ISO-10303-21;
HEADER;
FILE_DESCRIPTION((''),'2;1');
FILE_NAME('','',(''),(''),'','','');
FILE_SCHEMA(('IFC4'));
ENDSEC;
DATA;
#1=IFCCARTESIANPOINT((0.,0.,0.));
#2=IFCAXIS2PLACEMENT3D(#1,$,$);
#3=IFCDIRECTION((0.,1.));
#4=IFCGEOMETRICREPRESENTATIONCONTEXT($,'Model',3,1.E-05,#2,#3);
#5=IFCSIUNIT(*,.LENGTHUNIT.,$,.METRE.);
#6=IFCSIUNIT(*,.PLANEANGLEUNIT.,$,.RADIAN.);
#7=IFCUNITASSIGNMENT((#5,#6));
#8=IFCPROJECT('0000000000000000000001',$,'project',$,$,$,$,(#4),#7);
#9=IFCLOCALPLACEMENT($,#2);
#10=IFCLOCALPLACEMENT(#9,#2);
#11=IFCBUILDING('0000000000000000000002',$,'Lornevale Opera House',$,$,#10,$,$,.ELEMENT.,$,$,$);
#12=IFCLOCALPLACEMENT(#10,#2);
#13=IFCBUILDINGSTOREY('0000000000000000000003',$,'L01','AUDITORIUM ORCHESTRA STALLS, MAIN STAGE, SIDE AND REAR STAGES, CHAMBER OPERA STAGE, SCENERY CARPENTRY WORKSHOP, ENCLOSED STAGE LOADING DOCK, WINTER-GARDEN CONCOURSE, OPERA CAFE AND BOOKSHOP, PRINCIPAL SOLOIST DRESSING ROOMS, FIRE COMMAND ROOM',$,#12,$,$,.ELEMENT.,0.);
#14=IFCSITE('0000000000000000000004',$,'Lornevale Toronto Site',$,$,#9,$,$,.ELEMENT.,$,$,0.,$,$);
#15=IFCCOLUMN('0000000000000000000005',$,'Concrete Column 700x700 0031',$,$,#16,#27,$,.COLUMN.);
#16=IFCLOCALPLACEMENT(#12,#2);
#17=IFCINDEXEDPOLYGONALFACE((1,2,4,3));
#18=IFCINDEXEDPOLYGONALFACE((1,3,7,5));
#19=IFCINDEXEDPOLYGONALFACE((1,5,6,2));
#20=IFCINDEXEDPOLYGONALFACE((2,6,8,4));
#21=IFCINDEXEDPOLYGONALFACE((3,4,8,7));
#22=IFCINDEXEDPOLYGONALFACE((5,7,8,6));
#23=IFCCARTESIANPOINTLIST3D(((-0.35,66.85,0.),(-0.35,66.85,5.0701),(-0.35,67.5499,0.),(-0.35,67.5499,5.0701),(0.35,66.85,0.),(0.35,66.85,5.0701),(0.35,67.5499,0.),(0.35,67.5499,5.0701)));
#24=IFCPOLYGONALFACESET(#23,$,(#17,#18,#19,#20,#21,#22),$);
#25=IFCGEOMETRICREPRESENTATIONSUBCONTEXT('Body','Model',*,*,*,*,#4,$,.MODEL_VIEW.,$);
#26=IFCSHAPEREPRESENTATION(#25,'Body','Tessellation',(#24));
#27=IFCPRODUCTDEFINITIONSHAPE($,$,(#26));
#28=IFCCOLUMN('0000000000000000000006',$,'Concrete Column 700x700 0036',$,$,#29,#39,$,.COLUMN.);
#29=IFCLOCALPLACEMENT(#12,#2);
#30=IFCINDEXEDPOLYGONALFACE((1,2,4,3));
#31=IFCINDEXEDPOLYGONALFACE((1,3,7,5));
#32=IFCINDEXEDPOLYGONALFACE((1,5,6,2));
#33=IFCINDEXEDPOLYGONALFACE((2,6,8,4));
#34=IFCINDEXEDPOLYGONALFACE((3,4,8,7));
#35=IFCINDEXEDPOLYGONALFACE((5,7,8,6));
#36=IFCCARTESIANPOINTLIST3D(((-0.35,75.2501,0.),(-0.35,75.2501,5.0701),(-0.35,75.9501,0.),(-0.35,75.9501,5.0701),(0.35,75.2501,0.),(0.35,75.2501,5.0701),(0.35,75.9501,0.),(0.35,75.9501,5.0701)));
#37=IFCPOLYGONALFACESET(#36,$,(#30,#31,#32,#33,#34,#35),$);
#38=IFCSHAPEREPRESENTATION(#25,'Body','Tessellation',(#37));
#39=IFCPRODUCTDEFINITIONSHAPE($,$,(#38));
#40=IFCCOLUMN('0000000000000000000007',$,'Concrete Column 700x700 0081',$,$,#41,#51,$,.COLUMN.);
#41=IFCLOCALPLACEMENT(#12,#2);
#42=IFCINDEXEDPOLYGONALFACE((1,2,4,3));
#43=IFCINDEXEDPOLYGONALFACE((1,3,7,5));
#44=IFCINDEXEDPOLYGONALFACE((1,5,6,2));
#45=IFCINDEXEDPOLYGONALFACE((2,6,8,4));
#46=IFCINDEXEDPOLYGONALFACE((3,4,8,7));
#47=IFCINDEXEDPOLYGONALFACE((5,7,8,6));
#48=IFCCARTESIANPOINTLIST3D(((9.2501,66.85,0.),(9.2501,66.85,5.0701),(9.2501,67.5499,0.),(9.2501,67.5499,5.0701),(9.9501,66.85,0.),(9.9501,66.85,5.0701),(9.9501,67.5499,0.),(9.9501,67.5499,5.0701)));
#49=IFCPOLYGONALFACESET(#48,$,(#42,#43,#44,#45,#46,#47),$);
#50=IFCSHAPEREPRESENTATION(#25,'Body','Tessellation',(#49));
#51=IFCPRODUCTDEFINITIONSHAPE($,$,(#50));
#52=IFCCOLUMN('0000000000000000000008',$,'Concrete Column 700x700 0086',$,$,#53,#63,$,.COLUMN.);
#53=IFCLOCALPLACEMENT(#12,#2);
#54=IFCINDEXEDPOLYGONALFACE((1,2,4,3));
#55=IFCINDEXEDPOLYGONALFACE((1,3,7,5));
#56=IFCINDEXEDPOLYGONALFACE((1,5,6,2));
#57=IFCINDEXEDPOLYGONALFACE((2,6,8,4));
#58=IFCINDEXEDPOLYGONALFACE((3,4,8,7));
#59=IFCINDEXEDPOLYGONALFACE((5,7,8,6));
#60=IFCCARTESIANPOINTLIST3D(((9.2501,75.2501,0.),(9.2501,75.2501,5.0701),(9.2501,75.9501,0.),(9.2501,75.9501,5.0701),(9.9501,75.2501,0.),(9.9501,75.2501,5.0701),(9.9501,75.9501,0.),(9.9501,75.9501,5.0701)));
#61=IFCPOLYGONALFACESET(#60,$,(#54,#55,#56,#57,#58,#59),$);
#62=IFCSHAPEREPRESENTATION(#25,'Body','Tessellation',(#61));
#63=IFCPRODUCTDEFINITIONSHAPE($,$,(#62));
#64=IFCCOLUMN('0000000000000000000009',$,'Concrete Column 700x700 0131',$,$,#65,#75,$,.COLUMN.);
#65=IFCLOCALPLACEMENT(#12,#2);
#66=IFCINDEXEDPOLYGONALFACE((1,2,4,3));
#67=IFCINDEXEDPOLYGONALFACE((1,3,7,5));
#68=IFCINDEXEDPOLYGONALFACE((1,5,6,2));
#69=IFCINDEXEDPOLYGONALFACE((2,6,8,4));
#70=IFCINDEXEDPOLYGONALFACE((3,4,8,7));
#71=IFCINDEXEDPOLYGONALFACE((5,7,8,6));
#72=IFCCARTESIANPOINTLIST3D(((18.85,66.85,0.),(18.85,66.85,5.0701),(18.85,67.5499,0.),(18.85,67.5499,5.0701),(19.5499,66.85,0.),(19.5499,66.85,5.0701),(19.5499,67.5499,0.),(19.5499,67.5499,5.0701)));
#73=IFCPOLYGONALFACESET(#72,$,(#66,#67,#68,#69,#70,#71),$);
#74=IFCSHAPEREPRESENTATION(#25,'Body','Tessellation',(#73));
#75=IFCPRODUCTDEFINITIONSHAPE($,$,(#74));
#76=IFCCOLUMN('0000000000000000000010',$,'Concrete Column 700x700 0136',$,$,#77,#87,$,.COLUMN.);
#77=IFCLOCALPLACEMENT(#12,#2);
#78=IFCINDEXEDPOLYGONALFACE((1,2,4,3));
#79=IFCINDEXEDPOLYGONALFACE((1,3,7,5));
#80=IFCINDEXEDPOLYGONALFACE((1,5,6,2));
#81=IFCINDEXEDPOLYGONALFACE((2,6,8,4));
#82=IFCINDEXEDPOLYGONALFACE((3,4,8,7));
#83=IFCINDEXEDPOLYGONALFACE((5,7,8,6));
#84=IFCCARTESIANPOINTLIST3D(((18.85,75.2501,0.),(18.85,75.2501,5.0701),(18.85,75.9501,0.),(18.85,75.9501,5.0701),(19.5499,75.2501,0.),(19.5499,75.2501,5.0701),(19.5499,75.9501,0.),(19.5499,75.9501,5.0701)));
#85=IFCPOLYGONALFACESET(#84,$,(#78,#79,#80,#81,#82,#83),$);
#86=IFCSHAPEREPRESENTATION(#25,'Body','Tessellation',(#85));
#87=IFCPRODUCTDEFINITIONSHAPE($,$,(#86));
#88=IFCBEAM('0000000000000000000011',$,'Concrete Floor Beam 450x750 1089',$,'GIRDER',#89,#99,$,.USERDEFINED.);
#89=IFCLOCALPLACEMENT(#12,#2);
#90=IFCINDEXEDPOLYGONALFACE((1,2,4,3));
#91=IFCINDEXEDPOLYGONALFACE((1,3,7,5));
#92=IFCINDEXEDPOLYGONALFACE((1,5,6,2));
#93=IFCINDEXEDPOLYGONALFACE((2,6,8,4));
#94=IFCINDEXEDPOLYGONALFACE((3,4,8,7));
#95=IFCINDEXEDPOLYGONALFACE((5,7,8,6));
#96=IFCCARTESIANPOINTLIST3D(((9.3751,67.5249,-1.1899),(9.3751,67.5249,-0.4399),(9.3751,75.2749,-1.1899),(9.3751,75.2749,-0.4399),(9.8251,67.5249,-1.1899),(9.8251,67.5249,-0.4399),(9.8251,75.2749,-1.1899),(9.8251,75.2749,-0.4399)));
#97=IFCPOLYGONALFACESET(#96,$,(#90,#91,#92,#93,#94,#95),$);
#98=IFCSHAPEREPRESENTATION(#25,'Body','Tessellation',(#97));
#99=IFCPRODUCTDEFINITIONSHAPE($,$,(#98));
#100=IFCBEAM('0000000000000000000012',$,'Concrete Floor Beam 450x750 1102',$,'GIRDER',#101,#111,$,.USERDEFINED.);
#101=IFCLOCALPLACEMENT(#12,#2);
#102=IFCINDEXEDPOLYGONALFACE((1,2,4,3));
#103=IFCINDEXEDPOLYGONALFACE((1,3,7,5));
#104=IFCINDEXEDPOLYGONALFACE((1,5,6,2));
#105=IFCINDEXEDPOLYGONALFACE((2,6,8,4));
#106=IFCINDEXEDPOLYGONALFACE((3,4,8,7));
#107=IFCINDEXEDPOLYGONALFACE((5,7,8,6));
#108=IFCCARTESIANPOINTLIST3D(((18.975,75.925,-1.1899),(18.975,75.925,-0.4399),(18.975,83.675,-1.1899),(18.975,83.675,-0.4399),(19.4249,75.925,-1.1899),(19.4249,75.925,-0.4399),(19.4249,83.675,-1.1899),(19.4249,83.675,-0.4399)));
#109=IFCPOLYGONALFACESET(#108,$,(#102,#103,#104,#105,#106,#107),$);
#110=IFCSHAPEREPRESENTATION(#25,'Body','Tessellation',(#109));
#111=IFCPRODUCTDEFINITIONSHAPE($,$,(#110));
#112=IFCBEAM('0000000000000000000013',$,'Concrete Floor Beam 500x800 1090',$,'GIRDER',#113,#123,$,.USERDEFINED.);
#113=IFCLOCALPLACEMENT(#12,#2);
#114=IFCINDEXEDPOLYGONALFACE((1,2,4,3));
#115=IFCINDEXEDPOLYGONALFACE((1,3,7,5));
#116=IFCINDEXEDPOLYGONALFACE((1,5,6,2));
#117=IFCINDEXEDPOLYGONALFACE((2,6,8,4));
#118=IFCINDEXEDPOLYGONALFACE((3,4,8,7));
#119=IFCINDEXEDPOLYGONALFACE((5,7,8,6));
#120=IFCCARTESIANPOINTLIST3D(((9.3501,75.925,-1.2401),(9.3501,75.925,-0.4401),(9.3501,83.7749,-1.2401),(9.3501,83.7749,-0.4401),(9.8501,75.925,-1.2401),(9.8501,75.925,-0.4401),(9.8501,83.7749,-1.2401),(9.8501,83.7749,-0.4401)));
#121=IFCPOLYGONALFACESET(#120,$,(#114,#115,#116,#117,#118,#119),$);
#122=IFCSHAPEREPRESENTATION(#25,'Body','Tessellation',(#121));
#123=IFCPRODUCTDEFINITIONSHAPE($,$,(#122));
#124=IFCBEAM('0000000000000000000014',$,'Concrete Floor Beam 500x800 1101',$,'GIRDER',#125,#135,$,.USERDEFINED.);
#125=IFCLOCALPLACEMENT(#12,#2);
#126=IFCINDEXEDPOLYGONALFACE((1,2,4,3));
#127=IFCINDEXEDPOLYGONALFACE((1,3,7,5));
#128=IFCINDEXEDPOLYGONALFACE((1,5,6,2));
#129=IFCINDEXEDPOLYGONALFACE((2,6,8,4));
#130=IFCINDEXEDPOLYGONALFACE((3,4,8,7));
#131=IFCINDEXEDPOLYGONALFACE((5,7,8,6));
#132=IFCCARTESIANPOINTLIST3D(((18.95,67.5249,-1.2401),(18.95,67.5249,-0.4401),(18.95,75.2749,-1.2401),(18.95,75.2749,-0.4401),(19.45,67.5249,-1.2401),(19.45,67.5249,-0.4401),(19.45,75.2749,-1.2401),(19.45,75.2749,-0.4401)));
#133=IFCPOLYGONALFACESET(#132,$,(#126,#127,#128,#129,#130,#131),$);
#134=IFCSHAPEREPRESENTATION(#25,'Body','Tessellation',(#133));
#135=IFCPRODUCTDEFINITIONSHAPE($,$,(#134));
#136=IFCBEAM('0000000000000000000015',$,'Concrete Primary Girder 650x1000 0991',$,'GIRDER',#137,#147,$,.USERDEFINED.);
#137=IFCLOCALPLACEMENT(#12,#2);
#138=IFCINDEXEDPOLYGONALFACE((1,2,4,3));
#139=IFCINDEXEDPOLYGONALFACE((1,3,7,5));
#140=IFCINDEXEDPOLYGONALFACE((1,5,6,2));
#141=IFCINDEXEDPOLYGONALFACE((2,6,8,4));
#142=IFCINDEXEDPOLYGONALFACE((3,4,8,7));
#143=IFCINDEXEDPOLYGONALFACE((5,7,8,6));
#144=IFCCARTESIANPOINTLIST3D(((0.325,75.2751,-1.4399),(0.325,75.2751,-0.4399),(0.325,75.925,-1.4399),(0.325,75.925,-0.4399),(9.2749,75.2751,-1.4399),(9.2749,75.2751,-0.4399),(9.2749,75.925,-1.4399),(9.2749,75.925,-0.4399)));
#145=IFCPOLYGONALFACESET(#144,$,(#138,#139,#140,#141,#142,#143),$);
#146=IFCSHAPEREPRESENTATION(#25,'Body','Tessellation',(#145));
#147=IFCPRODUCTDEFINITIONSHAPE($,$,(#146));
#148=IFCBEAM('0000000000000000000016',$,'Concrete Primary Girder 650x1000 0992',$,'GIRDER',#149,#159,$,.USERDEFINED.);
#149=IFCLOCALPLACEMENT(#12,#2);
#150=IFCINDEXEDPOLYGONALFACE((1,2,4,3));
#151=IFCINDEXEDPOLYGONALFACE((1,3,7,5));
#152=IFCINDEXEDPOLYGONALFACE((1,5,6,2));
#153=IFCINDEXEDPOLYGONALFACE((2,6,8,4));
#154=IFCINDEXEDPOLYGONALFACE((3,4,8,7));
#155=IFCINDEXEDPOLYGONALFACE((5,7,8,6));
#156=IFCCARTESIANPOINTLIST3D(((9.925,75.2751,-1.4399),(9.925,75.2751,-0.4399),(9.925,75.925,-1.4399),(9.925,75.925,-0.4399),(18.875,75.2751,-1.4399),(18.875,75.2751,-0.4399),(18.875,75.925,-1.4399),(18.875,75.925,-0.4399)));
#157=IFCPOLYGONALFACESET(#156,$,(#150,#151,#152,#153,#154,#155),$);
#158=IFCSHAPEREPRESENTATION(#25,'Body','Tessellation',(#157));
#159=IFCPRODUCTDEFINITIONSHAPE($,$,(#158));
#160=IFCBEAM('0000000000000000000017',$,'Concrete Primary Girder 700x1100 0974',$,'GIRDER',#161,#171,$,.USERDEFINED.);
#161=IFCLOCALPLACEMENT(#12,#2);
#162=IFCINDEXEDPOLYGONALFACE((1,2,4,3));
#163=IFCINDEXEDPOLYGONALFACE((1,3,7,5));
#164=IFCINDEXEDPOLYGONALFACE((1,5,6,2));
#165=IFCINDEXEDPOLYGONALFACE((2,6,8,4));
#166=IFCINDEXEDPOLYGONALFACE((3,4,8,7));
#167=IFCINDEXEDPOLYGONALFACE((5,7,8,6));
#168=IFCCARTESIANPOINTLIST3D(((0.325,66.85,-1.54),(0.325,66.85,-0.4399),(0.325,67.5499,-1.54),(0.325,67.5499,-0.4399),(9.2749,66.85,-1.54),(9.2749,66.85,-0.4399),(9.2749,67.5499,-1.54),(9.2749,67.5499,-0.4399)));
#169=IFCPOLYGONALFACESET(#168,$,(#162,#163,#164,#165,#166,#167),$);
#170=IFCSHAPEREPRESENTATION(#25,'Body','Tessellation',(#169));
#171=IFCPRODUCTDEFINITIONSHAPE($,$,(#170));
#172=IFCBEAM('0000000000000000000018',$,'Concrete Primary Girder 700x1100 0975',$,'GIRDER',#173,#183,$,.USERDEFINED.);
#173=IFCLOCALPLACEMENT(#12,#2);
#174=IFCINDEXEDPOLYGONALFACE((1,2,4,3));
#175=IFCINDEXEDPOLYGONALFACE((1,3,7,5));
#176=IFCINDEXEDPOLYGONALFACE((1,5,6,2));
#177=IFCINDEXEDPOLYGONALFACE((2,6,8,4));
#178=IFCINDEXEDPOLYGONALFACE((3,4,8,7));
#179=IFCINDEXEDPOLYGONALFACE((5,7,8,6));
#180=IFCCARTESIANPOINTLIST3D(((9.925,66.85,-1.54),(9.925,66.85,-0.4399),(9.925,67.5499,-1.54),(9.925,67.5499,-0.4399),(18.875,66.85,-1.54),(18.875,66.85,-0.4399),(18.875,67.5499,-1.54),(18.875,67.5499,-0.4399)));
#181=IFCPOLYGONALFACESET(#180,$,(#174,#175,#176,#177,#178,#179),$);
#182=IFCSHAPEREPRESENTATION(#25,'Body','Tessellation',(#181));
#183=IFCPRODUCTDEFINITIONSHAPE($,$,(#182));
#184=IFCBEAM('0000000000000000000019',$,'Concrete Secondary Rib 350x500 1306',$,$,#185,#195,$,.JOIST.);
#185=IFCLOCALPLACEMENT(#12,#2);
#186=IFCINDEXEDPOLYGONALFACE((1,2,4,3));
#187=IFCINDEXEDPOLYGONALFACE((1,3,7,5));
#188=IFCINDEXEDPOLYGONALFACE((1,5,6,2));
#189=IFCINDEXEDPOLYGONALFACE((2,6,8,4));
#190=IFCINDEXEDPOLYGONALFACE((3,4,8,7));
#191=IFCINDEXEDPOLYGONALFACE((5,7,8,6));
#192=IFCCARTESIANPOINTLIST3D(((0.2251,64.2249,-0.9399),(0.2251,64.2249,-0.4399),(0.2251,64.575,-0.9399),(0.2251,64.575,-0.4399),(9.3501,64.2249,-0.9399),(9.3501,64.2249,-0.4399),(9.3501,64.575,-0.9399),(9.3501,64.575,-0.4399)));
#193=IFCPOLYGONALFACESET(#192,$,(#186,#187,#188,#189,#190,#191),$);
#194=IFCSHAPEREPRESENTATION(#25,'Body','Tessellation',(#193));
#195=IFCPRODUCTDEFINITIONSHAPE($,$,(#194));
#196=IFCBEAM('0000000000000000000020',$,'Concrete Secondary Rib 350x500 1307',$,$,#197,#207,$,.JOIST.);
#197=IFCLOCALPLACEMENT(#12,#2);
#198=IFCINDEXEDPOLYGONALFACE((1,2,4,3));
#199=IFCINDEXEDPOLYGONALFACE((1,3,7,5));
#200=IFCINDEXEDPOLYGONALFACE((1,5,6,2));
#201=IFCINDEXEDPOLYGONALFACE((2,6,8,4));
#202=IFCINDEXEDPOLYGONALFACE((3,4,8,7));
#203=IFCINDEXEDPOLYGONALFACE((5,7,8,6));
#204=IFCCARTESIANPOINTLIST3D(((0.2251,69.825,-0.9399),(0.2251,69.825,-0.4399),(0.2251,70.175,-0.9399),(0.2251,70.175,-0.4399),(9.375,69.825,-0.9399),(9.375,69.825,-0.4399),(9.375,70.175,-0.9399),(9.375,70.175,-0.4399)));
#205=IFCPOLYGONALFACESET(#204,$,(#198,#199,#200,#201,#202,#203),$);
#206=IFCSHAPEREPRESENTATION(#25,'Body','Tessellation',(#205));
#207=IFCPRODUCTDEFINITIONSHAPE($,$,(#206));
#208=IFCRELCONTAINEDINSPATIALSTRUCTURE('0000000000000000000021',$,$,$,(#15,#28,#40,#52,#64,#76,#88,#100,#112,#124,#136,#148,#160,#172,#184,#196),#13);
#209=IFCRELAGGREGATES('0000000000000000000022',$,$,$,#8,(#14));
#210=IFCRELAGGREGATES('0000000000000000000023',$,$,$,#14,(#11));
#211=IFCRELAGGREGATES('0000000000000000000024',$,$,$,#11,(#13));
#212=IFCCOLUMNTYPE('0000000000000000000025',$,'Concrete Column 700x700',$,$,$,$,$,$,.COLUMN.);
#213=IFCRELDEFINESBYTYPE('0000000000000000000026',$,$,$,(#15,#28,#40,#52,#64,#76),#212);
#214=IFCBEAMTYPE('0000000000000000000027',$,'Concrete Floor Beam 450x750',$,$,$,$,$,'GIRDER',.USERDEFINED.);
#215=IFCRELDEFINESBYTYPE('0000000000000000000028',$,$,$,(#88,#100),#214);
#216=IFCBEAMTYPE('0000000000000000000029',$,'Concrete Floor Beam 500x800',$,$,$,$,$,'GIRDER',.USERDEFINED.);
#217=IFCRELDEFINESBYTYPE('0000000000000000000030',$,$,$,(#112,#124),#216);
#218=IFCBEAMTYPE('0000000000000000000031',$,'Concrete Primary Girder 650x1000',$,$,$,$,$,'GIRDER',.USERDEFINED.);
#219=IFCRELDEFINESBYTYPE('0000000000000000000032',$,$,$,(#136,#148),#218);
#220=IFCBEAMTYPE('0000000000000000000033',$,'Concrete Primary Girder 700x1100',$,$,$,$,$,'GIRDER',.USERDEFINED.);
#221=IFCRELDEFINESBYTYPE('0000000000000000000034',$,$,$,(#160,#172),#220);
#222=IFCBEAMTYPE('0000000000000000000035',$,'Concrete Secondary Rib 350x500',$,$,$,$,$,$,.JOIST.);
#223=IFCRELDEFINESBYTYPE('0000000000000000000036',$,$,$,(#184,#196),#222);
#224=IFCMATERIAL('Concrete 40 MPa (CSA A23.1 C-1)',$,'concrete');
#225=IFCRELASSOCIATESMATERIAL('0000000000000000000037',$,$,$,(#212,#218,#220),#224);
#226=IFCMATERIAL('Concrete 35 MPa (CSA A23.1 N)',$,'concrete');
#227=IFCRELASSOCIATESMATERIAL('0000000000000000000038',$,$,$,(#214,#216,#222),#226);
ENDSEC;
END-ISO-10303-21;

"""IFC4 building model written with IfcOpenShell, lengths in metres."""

from ifc_helpers import new_model, si_unit, direction, frame, origin, origin_2d, place, context, subcontext, project, spatial, rectangle, extrude, material, material_profile, profile_set, type_object, element, save


model = new_model("IFC4")

# Units and contexts
model_context = context("Model", 3, precision=1e-05, world=origin(), true_north=direction((0.0, 1.0)))
body_context = subcontext(model_context, "Body", "Model", "MODEL_VIEW")
ifc_project = project(units=[si_unit("LENGTHUNIT", "METRE"), si_unit("PLANEANGLEUNIT", "RADIAN")], contexts=[model_context])

# Site, building, storey
site_placement = place(None, origin())
site = spatial("IfcSite", under=ifc_project, at=site_placement, Name="Lornevale Toronto Site", CompositionType="ELEMENT", RefElevation=0.0)
building_placement = place(site_placement, origin())
building = spatial("IfcBuilding", under=site, at=building_placement, Name="Lornevale Opera House", CompositionType="ELEMENT")
storey_placement = place(building_placement, origin())
storey = spatial("IfcBuildingStorey", under=building, at=storey_placement, Name="L01", Description="AUDITORIUM ORCHESTRA STALLS, MAIN STAGE, SIDE AND REAR STAGES, CHAMBER OPERA STAGE, SCENERY CARPENTRY WORKSHOP, ENCLOSED STAGE LOADING DOCK, WINTER-GARDEN CONCOURSE, OPERA CAFE AND BOOKSHOP, PRINCIPAL SOLOIST DRESSING ROOMS, FIRE COMMAND ROOM", CompositionType="ELEMENT", Elevation=0.0)

# Columns
ifc_material_1 = material(Name="Concrete 40 MPa (CSA A23.1 C-1)", Category="concrete")
ifc_material_profile_1 = material_profile(ifc_material_1, rectangle(XDim=0.7, YDim=0.7, at=origin_2d()), Name="RC700x700")
ifc_profile_set_1 = profile_set([ifc_material_profile_1], Name="Concrete 40 MPa (CSA A23.1 C-1)")
column_type = type_object("IfcColumnType", Name="Concrete Column 700x700", PredefinedType="COLUMN", material=ifc_profile_set_1)
for number, where, z_axis, x_axis, name in (
    (1, (0.0, 67.2, 0.0), (0.0, 0.0, 1.0), (1.0, 0.0, 0.0), "Concrete Column 700x700 0031"),
    (2, (0.0, 75.6001, 0.0), (0.0, 0.0, 1.0), (1.0, 0.0, 0.0), "Concrete Column 700x700 0036"),
    (3, (9.6001, 67.2, 0.0), (0.0, 0.0, 1.0), (1.0, 0.0, 0.0), "Concrete Column 700x700 0081"),
    (4, (9.6001, 75.6001, 0.0), (0.0, 0.0, 1.0), (1.0, 0.0, 0.0), "Concrete Column 700x700 0086"),
    (5, (19.2, 67.2, 0.0), (0.0, 0.0, 1.0), (1.0, 0.0, 0.0), "Concrete Column 700x700 0131"),
    (6, (19.2, 75.6001, 0.0), (0.0, 0.0, 1.0), (1.0, 0.0, 0.0), "Concrete Column 700x700 0136"),
):
    element("IfcColumn", number, at=place(storey_placement, frame(where, z_axis=z_axis, x_axis=x_axis)), inside=storey, type_object=column_type, Name=name, PredefinedType="COLUMN", context=body_context, shape_type="SweptSolid", body=[
        extrude(rectangle(XDim=0.7, YDim=0.7, at=origin_2d()), origin(), (0.0, 0.0, 1.0), 5.0701),
    ])

# Beams
ifc_material_2 = material(Name="Concrete 35 MPa (CSA A23.1 N)", Category="concrete")
ifc_material_profile_2 = material_profile(ifc_material_2, rectangle(XDim=0.45, YDim=0.75, at=origin_2d()), Name="RC450x750")
ifc_profile_set_2 = profile_set([ifc_material_profile_2], Name="Concrete 35 MPa (CSA A23.1 N)")
beam_type_1 = type_object("IfcBeamType", Name="Concrete Floor Beam 450x750", ElementType="GIRDER", PredefinedType="USERDEFINED", material=ifc_profile_set_2)
for number, where, z_axis, x_axis, name in (
    (7, (9.6001, 67.5249, -0.8149), (0.0, 1.0, 0.0), (-1.0, 0.0, 0.0), "Concrete Floor Beam 450x750 1089"),
    (8, (19.2, 75.925, -0.8149), (0.0, 1.0, 0.0), (-1.0, 0.0, 0.0), "Concrete Floor Beam 450x750 1102"),
):
    element("IfcBeam", number, at=place(storey_placement, frame(where, z_axis=z_axis, x_axis=x_axis)), inside=storey, type_object=beam_type_1, Name=name, ObjectType="GIRDER", PredefinedType="USERDEFINED", context=body_context, shape_type="SweptSolid", body=[
        extrude(rectangle(XDim=0.45, YDim=0.75, at=origin_2d()), origin(), (0.0, 0.0, 1.0), 7.75),
    ])
ifc_material_profile_3 = material_profile(ifc_material_2, rectangle(XDim=0.5, YDim=0.8, at=origin_2d()), Name="RC500x800")
ifc_profile_set_3 = profile_set([ifc_material_profile_3], Name="Concrete 35 MPa (CSA A23.1 N)")
beam_type_2 = type_object("IfcBeamType", Name="Concrete Floor Beam 500x800", ElementType="GIRDER", PredefinedType="USERDEFINED", material=ifc_profile_set_3)
beam_1_placement = place(storey_placement, frame((9.6001, 75.925, -0.8401), z_axis=(0.0, 1.0, 0.0), x_axis=(-1.0, 0.0, 0.0)))
element("IfcBeam", 9, at=beam_1_placement, inside=storey, type_object=beam_type_2, Name="Concrete Floor Beam 500x800 1090", ObjectType="GIRDER", PredefinedType="USERDEFINED", context=body_context, shape_type="SweptSolid", body=[
    extrude(rectangle(XDim=0.5, YDim=0.8, at=origin_2d()), origin(), (0.0, 0.0, 1.0), 7.8499),
])
beam_2_placement = place(storey_placement, frame((19.2, 67.5249, -0.8401), z_axis=(0.0, 1.0, 0.0), x_axis=(-1.0, 0.0, 0.0)))
element("IfcBeam", 10, at=beam_2_placement, inside=storey, type_object=beam_type_2, Name="Concrete Floor Beam 500x800 1101", ObjectType="GIRDER", PredefinedType="USERDEFINED", context=body_context, shape_type="SweptSolid", body=[
    extrude(rectangle(XDim=0.5, YDim=0.8, at=origin_2d()), origin(), (0.0, 0.0, 1.0), 7.75),
])
ifc_material_profile_4 = material_profile(ifc_material_1, rectangle(XDim=0.6499, YDim=1.0, at=origin_2d()), Name="RC650x1000")
ifc_profile_set_4 = profile_set([ifc_material_profile_4], Name="Concrete 40 MPa (CSA A23.1 C-1)")
beam_type_3 = type_object("IfcBeamType", Name="Concrete Primary Girder 650x1000", ElementType="GIRDER", PredefinedType="USERDEFINED", material=ifc_profile_set_4)
for number, where, z_axis, x_axis, name in (
    (11, (0.325, 75.6001, -0.9399), (1.0, 0.0, 0.0), (0.0, 1.0, 0.0), "Concrete Primary Girder 650x1000 0991"),
    (12, (9.925, 75.6001, -0.9399), (1.0, 0.0, 0.0), (0.0, 1.0, 0.0), "Concrete Primary Girder 650x1000 0992"),
):
    element("IfcBeam", number, at=place(storey_placement, frame(where, z_axis=z_axis, x_axis=x_axis)), inside=storey, type_object=beam_type_3, Name=name, ObjectType="GIRDER", PredefinedType="USERDEFINED", context=body_context, shape_type="SweptSolid", body=[
        extrude(rectangle(XDim=0.6499, YDim=1.0, at=origin_2d()), origin(), (0.0, 0.0, 1.0), 8.95),
    ])
ifc_material_profile_5 = material_profile(ifc_material_1, rectangle(XDim=0.7, YDim=1.1001, at=origin_2d()), Name="RC700x1100")
ifc_profile_set_5 = profile_set([ifc_material_profile_5], Name="Concrete 40 MPa (CSA A23.1 C-1)")
beam_type_4 = type_object("IfcBeamType", Name="Concrete Primary Girder 700x1100", ElementType="GIRDER", PredefinedType="USERDEFINED", material=ifc_profile_set_5)
for number, where, z_axis, x_axis, name in (
    (13, (0.325, 67.2, -0.99), (1.0, 0.0, 0.0), (0.0, 1.0, 0.0), "Concrete Primary Girder 700x1100 0974"),
    (14, (9.925, 67.2, -0.99), (1.0, 0.0, 0.0), (0.0, 1.0, 0.0), "Concrete Primary Girder 700x1100 0975"),
):
    element("IfcBeam", number, at=place(storey_placement, frame(where, z_axis=z_axis, x_axis=x_axis)), inside=storey, type_object=beam_type_4, Name=name, ObjectType="GIRDER", PredefinedType="USERDEFINED", context=body_context, shape_type="SweptSolid", body=[
        extrude(rectangle(XDim=0.7, YDim=1.1001, at=origin_2d()), origin(), (0.0, 0.0, 1.0), 8.95),
    ])
ifc_material_profile_6 = material_profile(ifc_material_2, rectangle(XDim=0.3501, YDim=0.5, at=origin_2d()), Name="RC350x500")
ifc_profile_set_6 = profile_set([ifc_material_profile_6], Name="Concrete 35 MPa (CSA A23.1 N)")
beam_type_5 = type_object("IfcBeamType", Name="Concrete Secondary Rib 350x500", PredefinedType="JOIST", material=ifc_profile_set_6)
beam_3_placement = place(storey_placement, frame((0.2251, 64.3999, -0.6899), z_axis=(1.0, 0.0, 0.0), x_axis=(0.0, 1.0, 0.0)))
element("IfcBeam", 15, at=beam_3_placement, inside=storey, type_object=beam_type_5, Name="Concrete Secondary Rib 350x500 1306", PredefinedType="JOIST", context=body_context, shape_type="SweptSolid", body=[
    extrude(rectangle(XDim=0.3501, YDim=0.5, at=origin_2d()), origin(), (0.0, 0.0, 1.0), 9.125),
])
for number, where, z_axis, x_axis, name in (
    (16, (0.2251, 70.0, -0.6899), (1.0, 0.0, 0.0), (0.0, 1.0, 0.0), "Concrete Secondary Rib 350x500 1307"),
):
    element("IfcBeam", number, at=place(storey_placement, frame(where, z_axis=z_axis, x_axis=x_axis)), inside=storey, type_object=beam_type_5, Name=name, PredefinedType="JOIST", context=body_context, shape_type="SweptSolid", body=[
        extrude(rectangle(XDim=0.3501, YDim=0.5, at=origin_2d()), origin(), (0.0, 0.0, 1.0), 9.1499),
    ])

save(model, "model.ifc")
